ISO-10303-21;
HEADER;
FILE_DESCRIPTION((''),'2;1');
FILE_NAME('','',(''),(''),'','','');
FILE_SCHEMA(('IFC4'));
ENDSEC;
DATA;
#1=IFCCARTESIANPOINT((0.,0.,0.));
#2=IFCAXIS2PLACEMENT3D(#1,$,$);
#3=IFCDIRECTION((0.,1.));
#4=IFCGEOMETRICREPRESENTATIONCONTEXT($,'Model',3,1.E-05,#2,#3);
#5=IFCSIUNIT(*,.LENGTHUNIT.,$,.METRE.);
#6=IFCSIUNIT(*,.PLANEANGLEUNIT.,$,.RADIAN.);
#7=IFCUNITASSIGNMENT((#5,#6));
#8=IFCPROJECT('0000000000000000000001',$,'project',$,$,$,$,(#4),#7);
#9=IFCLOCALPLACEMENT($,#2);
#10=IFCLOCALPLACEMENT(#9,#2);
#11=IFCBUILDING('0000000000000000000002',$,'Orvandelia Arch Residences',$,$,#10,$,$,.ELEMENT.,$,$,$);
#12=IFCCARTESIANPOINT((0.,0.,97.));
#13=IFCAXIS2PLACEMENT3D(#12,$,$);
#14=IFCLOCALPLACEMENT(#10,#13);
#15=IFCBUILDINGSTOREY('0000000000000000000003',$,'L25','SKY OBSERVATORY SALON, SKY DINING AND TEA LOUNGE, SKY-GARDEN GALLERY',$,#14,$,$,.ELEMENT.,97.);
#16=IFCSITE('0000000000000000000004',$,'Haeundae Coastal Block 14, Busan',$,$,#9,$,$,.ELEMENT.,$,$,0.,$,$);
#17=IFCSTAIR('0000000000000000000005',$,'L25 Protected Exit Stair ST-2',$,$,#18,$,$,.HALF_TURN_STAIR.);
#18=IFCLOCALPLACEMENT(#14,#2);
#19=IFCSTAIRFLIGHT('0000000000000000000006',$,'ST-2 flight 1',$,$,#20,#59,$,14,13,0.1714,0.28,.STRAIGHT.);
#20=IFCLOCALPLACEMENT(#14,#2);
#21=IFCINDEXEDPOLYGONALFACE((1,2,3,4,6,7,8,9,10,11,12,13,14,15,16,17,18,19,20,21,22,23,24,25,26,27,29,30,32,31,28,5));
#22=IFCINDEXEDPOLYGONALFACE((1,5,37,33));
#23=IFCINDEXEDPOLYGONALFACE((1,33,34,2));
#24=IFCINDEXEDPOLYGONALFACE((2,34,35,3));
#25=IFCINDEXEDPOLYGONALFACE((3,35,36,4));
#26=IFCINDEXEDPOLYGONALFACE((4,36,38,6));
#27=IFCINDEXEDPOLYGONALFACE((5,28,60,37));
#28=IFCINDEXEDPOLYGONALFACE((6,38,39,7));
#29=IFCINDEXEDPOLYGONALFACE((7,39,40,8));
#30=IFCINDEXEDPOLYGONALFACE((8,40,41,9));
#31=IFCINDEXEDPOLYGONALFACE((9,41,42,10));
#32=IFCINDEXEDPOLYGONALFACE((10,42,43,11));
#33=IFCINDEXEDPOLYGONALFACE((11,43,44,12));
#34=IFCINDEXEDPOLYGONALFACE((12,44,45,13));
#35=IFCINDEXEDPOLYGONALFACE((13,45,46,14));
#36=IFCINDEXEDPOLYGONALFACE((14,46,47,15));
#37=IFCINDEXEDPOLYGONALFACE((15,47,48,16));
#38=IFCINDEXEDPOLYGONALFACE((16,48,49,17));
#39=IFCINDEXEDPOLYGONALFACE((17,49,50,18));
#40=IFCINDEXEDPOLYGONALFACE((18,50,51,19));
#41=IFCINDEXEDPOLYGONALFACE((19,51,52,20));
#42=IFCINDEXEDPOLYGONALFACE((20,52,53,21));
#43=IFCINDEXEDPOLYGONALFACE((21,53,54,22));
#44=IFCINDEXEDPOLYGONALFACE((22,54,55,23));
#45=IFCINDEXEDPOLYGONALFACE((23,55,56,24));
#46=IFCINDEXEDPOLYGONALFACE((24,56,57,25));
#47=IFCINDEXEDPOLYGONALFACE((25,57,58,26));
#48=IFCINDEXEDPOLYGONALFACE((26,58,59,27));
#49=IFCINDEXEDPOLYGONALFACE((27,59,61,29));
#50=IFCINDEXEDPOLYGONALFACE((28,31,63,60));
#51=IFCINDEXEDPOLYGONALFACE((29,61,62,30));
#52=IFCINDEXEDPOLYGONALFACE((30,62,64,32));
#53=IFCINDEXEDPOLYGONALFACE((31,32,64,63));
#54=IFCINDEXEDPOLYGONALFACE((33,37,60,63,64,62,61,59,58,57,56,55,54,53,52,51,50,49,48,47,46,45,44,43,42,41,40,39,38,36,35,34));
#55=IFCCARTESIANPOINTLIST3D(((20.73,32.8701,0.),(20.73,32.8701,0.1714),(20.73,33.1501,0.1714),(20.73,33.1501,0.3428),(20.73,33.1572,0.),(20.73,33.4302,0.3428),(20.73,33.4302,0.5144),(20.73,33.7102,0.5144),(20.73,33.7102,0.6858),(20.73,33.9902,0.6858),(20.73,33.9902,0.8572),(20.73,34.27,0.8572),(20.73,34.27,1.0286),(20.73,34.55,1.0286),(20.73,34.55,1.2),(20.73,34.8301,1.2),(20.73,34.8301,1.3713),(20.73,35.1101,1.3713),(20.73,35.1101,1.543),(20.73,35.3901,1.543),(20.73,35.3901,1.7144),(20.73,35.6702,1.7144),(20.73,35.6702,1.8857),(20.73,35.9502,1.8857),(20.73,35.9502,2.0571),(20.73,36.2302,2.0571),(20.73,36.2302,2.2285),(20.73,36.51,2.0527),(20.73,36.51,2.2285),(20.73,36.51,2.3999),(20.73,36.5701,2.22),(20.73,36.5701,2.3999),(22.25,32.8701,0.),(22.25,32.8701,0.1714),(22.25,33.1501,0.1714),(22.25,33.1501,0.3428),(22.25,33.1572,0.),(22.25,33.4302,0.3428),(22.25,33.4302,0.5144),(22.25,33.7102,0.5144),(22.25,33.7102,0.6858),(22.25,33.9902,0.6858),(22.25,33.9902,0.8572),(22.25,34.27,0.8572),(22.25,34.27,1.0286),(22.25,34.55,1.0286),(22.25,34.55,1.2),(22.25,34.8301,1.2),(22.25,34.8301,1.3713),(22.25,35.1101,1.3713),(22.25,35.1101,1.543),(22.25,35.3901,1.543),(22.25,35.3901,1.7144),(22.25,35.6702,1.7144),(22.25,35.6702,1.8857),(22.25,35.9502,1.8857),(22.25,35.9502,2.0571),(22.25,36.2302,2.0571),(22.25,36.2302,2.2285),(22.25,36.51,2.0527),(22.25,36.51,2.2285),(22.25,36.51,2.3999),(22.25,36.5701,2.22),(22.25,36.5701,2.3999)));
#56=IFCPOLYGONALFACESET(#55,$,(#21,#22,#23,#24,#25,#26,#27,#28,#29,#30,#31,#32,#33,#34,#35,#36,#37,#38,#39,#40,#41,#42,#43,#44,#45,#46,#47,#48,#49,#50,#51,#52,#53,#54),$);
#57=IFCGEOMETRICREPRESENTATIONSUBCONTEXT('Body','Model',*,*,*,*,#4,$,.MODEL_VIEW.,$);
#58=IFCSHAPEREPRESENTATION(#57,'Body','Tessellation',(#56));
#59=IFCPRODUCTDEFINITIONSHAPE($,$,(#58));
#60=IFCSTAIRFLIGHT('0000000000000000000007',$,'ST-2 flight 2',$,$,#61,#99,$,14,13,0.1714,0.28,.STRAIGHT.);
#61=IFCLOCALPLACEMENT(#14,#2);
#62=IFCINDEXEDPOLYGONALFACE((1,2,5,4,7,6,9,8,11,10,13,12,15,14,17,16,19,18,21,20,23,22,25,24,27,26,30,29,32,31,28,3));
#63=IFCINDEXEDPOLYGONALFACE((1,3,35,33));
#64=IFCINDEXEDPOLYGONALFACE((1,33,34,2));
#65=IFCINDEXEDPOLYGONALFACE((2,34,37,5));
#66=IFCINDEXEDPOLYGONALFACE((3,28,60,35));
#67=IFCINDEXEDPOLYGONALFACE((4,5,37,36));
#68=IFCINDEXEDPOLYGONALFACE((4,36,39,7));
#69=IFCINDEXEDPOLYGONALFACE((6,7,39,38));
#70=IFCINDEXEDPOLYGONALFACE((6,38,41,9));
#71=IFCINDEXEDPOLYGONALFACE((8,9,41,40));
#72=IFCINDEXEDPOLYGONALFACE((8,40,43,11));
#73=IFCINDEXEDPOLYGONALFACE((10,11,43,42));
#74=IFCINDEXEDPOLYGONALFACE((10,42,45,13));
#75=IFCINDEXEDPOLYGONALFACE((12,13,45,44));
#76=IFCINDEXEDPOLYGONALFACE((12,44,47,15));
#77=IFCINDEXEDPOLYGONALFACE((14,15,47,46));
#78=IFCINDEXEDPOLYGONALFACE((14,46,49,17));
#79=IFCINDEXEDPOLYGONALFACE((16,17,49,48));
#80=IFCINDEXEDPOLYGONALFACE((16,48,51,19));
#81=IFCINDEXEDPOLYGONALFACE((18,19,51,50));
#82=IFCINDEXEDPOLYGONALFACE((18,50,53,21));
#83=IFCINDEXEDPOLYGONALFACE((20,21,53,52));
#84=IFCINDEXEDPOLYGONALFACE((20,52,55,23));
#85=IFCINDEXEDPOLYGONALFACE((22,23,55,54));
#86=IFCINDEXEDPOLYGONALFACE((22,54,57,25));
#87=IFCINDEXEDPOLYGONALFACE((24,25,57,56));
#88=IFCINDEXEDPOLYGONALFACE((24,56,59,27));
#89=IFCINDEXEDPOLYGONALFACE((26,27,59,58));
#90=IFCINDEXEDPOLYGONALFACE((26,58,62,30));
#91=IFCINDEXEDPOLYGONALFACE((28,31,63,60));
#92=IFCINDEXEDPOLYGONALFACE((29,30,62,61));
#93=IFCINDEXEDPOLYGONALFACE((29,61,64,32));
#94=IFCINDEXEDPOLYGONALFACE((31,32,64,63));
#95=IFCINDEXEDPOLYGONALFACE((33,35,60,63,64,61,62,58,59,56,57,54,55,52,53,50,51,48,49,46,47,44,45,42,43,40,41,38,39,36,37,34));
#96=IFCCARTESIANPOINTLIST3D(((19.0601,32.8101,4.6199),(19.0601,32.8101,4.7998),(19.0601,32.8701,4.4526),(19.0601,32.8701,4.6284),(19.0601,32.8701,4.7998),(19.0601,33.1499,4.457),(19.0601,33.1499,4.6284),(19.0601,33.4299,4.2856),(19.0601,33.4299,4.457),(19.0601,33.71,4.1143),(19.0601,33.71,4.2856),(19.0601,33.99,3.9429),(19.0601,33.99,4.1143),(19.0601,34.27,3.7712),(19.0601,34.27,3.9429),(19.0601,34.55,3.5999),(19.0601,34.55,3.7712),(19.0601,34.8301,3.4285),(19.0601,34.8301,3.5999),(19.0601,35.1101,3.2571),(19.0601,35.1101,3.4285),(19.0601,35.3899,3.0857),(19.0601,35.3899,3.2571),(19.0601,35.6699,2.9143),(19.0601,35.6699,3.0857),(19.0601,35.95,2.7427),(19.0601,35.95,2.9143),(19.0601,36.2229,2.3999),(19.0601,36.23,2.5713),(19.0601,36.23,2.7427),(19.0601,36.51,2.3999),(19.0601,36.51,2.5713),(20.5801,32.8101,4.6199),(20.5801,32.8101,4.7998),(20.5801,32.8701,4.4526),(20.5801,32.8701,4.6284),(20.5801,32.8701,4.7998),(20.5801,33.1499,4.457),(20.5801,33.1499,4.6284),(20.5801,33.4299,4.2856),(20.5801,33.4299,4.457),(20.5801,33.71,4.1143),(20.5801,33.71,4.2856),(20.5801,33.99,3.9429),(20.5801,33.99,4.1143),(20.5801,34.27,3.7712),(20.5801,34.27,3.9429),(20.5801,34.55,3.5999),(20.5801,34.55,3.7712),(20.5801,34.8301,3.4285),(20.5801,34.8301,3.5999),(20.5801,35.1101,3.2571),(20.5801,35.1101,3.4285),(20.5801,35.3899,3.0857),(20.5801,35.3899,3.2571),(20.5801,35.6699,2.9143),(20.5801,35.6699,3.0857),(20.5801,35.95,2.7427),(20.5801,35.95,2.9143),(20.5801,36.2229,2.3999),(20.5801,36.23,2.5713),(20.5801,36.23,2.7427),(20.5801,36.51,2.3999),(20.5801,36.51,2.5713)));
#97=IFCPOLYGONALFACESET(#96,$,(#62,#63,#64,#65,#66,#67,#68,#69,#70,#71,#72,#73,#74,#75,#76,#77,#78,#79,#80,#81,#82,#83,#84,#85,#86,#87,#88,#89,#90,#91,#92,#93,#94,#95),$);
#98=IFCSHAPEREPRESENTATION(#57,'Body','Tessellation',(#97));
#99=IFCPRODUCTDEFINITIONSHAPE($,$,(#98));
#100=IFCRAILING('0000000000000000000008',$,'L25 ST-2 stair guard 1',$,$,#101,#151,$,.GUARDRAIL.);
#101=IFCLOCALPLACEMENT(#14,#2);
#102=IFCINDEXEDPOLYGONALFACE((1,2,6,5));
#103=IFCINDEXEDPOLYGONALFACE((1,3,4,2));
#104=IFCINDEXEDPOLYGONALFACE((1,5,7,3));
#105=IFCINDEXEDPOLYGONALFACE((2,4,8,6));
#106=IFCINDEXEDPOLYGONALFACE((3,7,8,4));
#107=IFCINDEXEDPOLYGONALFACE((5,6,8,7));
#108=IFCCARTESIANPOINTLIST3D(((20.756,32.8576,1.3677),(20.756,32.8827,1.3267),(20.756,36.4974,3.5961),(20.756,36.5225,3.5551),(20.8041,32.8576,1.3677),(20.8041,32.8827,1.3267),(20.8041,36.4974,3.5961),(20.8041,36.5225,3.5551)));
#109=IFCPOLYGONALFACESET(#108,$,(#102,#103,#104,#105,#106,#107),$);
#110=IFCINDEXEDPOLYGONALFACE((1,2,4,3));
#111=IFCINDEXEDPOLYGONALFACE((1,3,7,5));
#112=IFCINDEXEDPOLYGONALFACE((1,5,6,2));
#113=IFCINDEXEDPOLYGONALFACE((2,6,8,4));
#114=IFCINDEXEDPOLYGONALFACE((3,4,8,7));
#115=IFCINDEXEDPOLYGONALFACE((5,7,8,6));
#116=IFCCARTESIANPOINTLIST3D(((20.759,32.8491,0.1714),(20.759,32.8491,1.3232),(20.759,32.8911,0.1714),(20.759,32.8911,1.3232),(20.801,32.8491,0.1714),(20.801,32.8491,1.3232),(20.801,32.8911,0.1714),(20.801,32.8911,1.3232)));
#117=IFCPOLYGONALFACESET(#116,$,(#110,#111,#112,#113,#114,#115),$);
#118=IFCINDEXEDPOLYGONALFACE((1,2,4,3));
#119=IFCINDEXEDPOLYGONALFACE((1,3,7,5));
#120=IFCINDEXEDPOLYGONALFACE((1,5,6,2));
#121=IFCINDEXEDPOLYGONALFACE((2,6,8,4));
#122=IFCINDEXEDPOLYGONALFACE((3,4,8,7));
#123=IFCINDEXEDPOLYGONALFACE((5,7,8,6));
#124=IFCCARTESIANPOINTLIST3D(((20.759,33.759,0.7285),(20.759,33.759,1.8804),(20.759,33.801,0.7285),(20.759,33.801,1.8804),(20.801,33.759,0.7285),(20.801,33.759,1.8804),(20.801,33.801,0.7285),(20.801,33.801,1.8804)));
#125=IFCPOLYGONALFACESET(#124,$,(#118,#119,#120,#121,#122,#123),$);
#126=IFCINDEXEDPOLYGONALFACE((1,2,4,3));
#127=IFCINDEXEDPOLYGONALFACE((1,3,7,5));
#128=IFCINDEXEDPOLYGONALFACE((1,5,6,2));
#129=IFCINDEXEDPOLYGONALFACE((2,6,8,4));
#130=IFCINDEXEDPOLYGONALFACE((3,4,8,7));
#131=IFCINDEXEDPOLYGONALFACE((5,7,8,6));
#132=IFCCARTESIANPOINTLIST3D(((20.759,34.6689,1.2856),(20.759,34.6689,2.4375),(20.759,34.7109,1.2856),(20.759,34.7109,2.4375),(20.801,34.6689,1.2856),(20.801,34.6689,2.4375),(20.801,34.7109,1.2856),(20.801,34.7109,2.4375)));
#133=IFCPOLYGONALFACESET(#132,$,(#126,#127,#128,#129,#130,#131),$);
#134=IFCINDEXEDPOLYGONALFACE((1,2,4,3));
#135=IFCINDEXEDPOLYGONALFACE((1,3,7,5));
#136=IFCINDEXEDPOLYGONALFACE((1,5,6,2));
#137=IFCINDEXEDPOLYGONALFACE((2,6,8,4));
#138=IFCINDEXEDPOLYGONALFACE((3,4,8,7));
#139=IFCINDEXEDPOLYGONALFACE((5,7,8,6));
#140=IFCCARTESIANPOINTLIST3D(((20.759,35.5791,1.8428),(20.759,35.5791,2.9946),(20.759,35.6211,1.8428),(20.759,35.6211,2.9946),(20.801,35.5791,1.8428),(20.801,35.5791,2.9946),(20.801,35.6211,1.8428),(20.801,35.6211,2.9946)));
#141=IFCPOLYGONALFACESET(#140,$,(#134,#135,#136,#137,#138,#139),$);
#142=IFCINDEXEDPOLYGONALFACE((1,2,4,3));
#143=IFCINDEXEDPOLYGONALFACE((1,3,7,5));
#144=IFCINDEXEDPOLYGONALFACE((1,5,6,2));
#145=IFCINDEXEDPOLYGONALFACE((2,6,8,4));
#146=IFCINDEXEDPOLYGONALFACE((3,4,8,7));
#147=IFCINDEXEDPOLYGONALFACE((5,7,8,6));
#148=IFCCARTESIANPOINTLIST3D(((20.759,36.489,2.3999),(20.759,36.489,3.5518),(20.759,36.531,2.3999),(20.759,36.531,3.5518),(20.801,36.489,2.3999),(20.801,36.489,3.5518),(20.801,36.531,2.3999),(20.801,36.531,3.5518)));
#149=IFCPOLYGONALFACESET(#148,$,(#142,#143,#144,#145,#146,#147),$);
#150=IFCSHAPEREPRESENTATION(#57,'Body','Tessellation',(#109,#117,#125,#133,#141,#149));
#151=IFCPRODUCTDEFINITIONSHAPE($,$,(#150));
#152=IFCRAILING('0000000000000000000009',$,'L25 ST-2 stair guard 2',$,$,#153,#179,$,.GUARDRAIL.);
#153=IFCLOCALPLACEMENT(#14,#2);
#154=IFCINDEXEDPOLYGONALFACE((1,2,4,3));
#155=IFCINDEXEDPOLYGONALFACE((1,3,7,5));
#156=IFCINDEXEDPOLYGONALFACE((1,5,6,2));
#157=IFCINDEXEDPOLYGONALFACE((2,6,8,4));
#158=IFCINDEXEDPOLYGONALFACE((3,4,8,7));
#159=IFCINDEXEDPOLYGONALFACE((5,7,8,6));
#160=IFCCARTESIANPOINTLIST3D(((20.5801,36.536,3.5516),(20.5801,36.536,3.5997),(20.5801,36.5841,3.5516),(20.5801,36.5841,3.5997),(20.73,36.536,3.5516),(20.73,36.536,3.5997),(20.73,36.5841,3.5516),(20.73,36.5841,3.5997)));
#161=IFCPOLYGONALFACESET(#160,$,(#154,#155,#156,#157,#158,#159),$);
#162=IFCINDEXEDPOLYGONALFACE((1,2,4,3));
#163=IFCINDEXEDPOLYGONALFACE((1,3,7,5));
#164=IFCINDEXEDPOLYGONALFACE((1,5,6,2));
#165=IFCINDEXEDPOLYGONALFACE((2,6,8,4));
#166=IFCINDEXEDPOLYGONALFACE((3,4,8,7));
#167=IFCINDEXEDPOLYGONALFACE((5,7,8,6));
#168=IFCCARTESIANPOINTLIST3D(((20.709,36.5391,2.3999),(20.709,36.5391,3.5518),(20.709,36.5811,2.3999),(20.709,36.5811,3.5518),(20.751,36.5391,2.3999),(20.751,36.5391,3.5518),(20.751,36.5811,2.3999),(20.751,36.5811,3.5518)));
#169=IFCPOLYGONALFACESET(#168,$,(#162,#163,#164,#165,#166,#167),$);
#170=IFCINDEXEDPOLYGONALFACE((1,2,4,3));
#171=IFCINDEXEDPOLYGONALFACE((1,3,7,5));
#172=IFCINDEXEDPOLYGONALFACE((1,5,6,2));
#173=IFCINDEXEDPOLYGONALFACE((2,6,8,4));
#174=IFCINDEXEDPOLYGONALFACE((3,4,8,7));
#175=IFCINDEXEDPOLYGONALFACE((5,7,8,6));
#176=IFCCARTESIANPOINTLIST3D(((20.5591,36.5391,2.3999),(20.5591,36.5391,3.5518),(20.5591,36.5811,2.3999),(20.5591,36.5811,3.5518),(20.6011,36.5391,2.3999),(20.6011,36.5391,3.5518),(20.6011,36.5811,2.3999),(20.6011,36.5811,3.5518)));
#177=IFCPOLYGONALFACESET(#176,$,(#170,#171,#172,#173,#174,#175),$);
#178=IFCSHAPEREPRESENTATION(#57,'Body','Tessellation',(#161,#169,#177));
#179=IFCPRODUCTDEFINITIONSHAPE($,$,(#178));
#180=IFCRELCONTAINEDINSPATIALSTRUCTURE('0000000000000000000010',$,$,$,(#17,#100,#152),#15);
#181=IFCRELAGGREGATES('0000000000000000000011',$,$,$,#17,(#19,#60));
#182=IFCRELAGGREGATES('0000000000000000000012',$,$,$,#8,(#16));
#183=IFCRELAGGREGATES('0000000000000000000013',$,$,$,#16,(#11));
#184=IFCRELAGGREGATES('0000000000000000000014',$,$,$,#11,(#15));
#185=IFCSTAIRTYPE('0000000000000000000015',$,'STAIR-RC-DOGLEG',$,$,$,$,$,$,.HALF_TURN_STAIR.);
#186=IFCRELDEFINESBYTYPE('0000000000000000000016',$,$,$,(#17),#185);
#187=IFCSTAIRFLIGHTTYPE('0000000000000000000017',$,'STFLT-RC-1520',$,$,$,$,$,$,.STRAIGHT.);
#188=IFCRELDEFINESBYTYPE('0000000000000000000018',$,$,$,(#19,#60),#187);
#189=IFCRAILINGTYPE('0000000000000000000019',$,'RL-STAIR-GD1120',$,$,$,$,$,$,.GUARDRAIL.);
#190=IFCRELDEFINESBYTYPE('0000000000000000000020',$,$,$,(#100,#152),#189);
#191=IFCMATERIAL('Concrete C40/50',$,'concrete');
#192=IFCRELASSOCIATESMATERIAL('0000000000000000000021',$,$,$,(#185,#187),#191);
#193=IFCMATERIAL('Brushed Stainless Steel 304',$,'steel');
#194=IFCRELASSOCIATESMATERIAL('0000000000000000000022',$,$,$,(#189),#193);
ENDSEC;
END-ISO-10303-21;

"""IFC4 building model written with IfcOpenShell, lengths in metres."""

from ifc_helpers import new_model, si_unit, direction, frame, origin, origin_2d, place, context, subcontext, project, spatial, polyline, rectangle, outline, extrude, material, type_object, element, aggregate, save


model = new_model("IFC4")

# Units and contexts
model_context = context("Model", 3, precision=1e-05, world=origin(), true_north=direction((0.0, 1.0)))
body_context = subcontext(model_context, "Body", "Model", "MODEL_VIEW")
ifc_project = project(units=[si_unit("LENGTHUNIT", "METRE"), si_unit("PLANEANGLEUNIT", "RADIAN")], contexts=[model_context])

# Site, building, storey
site_placement = place(None, origin())
site = spatial("IfcSite", under=ifc_project, at=site_placement, Name="Haeundae Coastal Block 14, Busan", CompositionType="ELEMENT", RefElevation=0.0)
building_placement = place(site_placement, origin())
building = spatial("IfcBuilding", under=site, at=building_placement, Name="Orvandelia Arch Residences", CompositionType="ELEMENT")
storey_placement = place(building_placement, frame((0.0, 0.0, 97.0)))
storey = spatial("IfcBuildingStorey", under=building, at=storey_placement, Name="L25", Description="SKY OBSERVATORY SALON, SKY DINING AND TEA LOUNGE, SKY-GARDEN GALLERY", CompositionType="ELEMENT", Elevation=97.0)

# Stair, stair flights
ifc_material_1 = material(Name="Concrete C40/50", Category="concrete")
stair_type = type_object("IfcStairType", Name="STAIR-RC-DOGLEG", PredefinedType="HALF_TURN_STAIR", material=ifc_material_1)
stair_placement = place(storey_placement, origin())
stair = element("IfcStair", 1, at=stair_placement, inside=storey, type_object=stair_type, Name="L25 Protected Exit Stair ST-2", PredefinedType="HALF_TURN_STAIR")
stair_flight_type = type_object("IfcStairFlightType", Name="STFLT-RC-1520", PredefinedType="STRAIGHT", material=ifc_material_1)
stair_flight_1_placement = place(storey_placement, frame((21.49, 32.8701, 0.0), z_axis=(0.0, 0.0, 1.0), x_axis=(0.0, 1.0, 0.0)))
stair_flight_1 = element("IfcStairFlight", 2, at=stair_flight_1_placement, type_object=stair_flight_type, Name="ST-2 flight 1", NumberOfRisers=14, NumberOfTreads=13, PredefinedType="STRAIGHT", RiserHeight=0.1714, TreadLength=0.28, context=body_context, shape_type="SweptSolid", body=[
    extrude(outline(polyline([(0.0, 0.0), (0.0, 0.1714), (0.28, 0.1714), (0.28, 0.3428), (0.5601, 0.3428), (0.5601, 0.5144), (0.8401, 0.5144), (0.8401, 0.6858), (1.1201, 0.6858), (1.1201, 0.8572), (1.3999, 0.8572), (1.3999, 1.0286), (1.6799, 1.0286), (1.6799, 1.2), (1.96, 1.2), (1.96, 1.3713), (2.24, 1.3713), (2.24, 1.543), (2.52, 1.543), (2.52, 1.7144), (2.8, 1.7144), (2.8, 1.8857), (3.0801, 1.8857), (3.0801, 2.0571), (3.3601, 2.0571), (3.3601, 2.2285), (3.6399, 2.2285), (3.6399, 2.3999), (3.7, 2.3999), (3.7, 2.22), (3.6399, 2.0527), (0.2871, 0.0), (0.0, 0.0)])), frame((0.0, 0.76, 0.0), z_axis=(0.0, -1.0, 0.0), x_axis=(1.0, 0.0, 0.0)), (0.0, 0.0, 1.0), 1.52),
])
stair_flight_2_placement = place(storey_placement, frame((19.8201, 36.51, 2.3999), z_axis=(0.0, 0.0, 1.0), x_axis=(0.0, -1.0, 0.0)))
stair_flight_2 = element("IfcStairFlight", 3, at=stair_flight_2_placement, type_object=stair_flight_type, Name="ST-2 flight 2", NumberOfRisers=14, NumberOfTreads=13, PredefinedType="STRAIGHT", RiserHeight=0.1714, TreadLength=0.28, context=body_context, shape_type="SweptSolid", body=[
    extrude(outline(polyline([(0.0, 0.0), (0.0, 0.1714), (0.28, 0.1714), (0.28, 0.3428), (0.5601, 0.3428), (0.5601, 0.5144), (0.8401, 0.5144), (0.8401, 0.6858), (1.1201, 0.6858), (1.1201, 0.8572), (1.3999, 0.8572), (1.3999, 1.0286), (1.6799, 1.0286), (1.6799, 1.2), (1.96, 1.2), (1.96, 1.3713), (2.24, 1.3713), (2.24, 1.543), (2.52, 1.543), (2.52, 1.7144), (2.8, 1.7144), (2.8, 1.8857), (3.0801, 1.8857), (3.0801, 2.0571), (3.3601, 2.0571), (3.3601, 2.2285), (3.6399, 2.2285), (3.6399, 2.3999), (3.7, 2.3999), (3.7, 2.22), (3.6399, 2.0527), (0.2871, 0.0), (0.0, 0.0)])), frame((0.0, 0.76, 0.0), z_axis=(0.0, -1.0, 0.0), x_axis=(1.0, 0.0, 0.0)), (0.0, 0.0, 1.0), 1.52),
])
aggregate(stair, [stair_flight_1, stair_flight_2])

# Railings
ifc_material_2 = material(Name="Brushed Stainless Steel 304", Category="steel")
railing_type_1 = type_object("IfcRailingType", Name="RL-STAIR-GD1120", PredefinedType="GUARDRAIL", material=ifc_material_2)
railing_1_placement = place(storey_placement, frame((20.78, 32.8701, 0.1714)))
element("IfcRailing", 4, at=railing_1_placement, inside=storey, type_object=railing_type_1, Name="L25 ST-2 stair guard 1", PredefinedType="GUARDRAIL", context=body_context, shape_type="SweptSolid", body=[
    extrude(rectangle(XDim=0.0481, YDim=0.0481, at=origin_2d()), frame((0.0, 0.0, 1.1758), z_axis=(0.0, 0.85285, 0.522156), x_axis=(-1.0, 0.0, 0.0)), (0.0, 0.0, 1.0), 4.2678),
    extrude(rectangle(XDim=0.042, YDim=0.042, at=origin_2d()), origin(), (0.0, 0.0, 1.0), 1.1519),
    extrude(rectangle(XDim=0.042, YDim=0.042, at=origin_2d()), frame((0.0, 0.9099, 0.5571)), (0.0, 0.0, 1.0), 1.1519),
    extrude(rectangle(XDim=0.042, YDim=0.042, at=origin_2d()), frame((0.0, 1.8198, 1.1143)), (0.0, 0.0, 1.0), 1.1519),
    extrude(rectangle(XDim=0.042, YDim=0.042, at=origin_2d()), frame((0.0, 2.73, 1.6714)), (0.0, 0.0, 1.0), 1.1519),
    extrude(rectangle(XDim=0.042, YDim=0.042, at=origin_2d()), frame((0.0, 3.6399, 2.2285)), (0.0, 0.0, 1.0), 1.1519),
])
railing_2_placement = place(storey_placement, frame((20.73, 36.5601, 2.3999)))
element("IfcRailing", 5, at=railing_2_placement, inside=storey, type_object=railing_type_1, Name="L25 ST-2 stair guard 2", PredefinedType="GUARDRAIL", context=body_context, shape_type="SweptSolid", body=[
    extrude(rectangle(XDim=0.0481, YDim=0.0481, at=origin_2d()), frame((0.0, 0.0, 1.1758), z_axis=(-1.0, 0.0, 0.0), x_axis=(0.0, -1.0, 0.0)), (0.0, 0.0, 1.0), 0.1499),
    extrude(rectangle(XDim=0.042, YDim=0.042, at=origin_2d()), origin(), (0.0, 0.0, 1.0), 1.1519),
    extrude(rectangle(XDim=0.042, YDim=0.042, at=origin_2d()), frame((-0.1499, 0.0, 0.0)), (0.0, 0.0, 1.0), 1.1519),
])

save(model, "model.ifc")
